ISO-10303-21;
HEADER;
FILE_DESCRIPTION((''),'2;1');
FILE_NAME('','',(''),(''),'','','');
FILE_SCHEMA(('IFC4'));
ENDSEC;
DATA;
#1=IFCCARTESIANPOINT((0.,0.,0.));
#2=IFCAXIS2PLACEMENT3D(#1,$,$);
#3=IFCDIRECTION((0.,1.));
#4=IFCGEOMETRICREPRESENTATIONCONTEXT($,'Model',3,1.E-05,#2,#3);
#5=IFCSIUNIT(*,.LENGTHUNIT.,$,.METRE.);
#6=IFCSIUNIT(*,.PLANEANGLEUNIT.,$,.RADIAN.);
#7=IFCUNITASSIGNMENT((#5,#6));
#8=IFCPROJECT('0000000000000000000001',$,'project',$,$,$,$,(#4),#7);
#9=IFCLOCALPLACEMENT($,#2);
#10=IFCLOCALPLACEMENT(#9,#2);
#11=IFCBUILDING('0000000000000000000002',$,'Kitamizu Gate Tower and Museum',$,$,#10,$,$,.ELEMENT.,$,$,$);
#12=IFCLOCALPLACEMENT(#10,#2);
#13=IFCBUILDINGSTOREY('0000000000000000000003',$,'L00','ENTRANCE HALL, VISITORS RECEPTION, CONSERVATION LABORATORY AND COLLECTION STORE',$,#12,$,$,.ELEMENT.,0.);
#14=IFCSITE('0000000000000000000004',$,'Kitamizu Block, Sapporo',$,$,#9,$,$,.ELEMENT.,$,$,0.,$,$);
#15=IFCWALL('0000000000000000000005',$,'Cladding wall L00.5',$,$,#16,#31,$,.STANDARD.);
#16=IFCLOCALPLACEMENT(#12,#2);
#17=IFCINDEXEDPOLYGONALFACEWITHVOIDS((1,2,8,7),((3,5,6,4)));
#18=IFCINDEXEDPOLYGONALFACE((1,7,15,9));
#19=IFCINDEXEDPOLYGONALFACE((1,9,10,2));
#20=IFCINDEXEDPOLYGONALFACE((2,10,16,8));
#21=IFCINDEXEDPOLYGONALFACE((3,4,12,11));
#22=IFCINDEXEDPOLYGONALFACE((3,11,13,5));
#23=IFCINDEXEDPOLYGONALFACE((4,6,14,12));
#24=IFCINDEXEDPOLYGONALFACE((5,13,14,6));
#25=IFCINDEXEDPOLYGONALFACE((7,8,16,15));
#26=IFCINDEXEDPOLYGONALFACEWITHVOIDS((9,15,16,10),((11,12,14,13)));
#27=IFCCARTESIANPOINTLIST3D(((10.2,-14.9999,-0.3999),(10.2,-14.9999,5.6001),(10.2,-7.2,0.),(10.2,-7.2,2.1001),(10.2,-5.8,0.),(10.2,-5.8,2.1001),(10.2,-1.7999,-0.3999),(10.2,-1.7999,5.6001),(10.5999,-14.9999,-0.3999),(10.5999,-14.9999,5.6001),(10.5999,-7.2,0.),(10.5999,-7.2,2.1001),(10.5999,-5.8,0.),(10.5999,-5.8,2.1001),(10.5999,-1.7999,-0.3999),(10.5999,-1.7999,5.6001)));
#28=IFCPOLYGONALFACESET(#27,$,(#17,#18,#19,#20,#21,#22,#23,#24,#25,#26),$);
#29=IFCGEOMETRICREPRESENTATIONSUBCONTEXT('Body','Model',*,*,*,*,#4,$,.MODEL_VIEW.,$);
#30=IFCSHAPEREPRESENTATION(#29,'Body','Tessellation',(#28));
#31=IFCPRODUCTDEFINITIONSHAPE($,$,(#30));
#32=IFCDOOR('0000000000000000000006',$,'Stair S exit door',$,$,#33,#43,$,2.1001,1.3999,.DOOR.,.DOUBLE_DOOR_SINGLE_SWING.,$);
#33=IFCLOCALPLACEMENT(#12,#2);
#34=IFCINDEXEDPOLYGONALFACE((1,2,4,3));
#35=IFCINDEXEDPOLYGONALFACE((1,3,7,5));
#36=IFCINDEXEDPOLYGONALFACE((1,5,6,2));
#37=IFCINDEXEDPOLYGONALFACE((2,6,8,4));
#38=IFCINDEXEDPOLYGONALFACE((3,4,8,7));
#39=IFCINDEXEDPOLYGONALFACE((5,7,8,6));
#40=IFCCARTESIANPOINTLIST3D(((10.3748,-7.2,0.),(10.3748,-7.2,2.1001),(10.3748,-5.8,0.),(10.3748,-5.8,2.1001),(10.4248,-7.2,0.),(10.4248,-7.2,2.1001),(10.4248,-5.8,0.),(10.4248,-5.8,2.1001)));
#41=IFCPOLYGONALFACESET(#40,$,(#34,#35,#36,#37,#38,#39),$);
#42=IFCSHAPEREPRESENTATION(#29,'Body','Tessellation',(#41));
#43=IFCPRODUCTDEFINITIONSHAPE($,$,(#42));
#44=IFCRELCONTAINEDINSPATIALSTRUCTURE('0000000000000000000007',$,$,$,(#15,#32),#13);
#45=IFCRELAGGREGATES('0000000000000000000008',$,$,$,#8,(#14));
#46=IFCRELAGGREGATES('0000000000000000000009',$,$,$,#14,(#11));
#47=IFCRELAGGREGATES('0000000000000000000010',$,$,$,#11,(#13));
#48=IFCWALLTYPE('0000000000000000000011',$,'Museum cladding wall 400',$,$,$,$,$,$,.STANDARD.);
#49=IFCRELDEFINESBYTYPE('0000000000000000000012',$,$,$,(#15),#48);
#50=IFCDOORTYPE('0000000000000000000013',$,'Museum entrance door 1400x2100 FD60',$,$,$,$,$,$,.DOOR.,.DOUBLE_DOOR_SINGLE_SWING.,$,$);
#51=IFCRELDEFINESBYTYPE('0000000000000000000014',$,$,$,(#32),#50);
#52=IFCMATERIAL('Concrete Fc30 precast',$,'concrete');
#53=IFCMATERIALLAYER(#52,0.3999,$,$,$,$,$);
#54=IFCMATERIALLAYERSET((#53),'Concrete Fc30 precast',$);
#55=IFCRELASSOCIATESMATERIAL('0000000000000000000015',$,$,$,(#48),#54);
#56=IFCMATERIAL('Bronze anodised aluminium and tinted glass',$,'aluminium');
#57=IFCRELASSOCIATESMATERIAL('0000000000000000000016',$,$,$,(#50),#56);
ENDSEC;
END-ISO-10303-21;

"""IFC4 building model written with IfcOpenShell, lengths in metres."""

from ifc_helpers import new_model, si_unit, direction, frame, frame_2d, origin, place, context, subcontext, project, spatial, rectangle, extrude, material, layer, layer_set, type_object, element, fill, save


model = new_model("IFC4")

# Units and contexts
model_context = context("Model", 3, precision=1e-05, world=origin(), true_north=direction((0.0, 1.0)))
body_context = subcontext(model_context, "Body", "Model", "MODEL_VIEW")
ifc_project = project(units=[si_unit("LENGTHUNIT", "METRE"), si_unit("PLANEANGLEUNIT", "RADIAN")], contexts=[model_context])

# Site, building, storey
site_placement = place(None, origin())
site = spatial("IfcSite", under=ifc_project, at=site_placement, Name="Kitamizu Block, Sapporo", CompositionType="ELEMENT", RefElevation=0.0)
building_placement = place(site_placement, origin())
building = spatial("IfcBuilding", under=site, at=building_placement, Name="Kitamizu Gate Tower and Museum", CompositionType="ELEMENT")
storey_placement = place(building_placement, origin())
storey = spatial("IfcBuildingStorey", under=building, at=storey_placement, Name="L00", Description="ENTRANCE HALL, VISITORS RECEPTION, CONSERVATION LABORATORY AND COLLECTION STORE", CompositionType="ELEMENT", Elevation=0.0)

# Wall, opening, door
ifc_material_1 = material(Name="Concrete Fc30 precast", Category="concrete")
ifc_layer_1 = layer(ifc_material_1, 0.3999)
ifc_layer_set_1 = layer_set([ifc_layer_1], Name="Concrete Fc30 precast")
wall_type = type_object("IfcWallType", Name="Museum cladding wall 400", PredefinedType="STANDARD", material=ifc_layer_set_1)
wall_placement = place(storey_placement, frame((10.3999, -15.0, -0.3999), z_axis=(0.0, 0.0, 1.0), x_axis=(0.0, 1.0, 0.0)))
wall = element("IfcWall", 1, at=wall_placement, inside=storey, type_object=wall_type, Name="Cladding wall L00.5", PredefinedType="STANDARD", context=body_context, shape_type="SweptSolid", body=[
    extrude(rectangle(XDim=13.2, YDim=0.3999, at=frame_2d((6.6001, 0.0))), origin(), (0.0, 0.0, 1.0), 6.0),
])
opening_placement = place(wall_placement, frame((7.8, 0.0, 0.3999)))
opening = element("IfcOpeningElement", 2, at=opening_placement, cuts=wall, PredefinedType="OPENING", context=body_context, shape_type="SweptSolid", body=[
    extrude(rectangle(XDim=1.3999, YDim=2.1001, at=frame_2d((0.7, 1.05))), frame((0.0, 0.21, 0.0), z_axis=(0.0, -1.0, 0.0), x_axis=(1.0, 0.0, 0.0)), (0.0, 0.0, 1.0), 0.4199),
])
ifc_material_2 = material(Name="Bronze anodised aluminium and tinted glass", Category="aluminium")
door_type = type_object("IfcDoorType", Name="Museum entrance door 1400x2100 FD60", OperationType="DOUBLE_DOOR_SINGLE_SWING", PredefinedType="DOOR", material=ifc_material_2)
door_placement = place(opening_placement, frame((1.3999, 0.0, 0.0), x_axis=(-1.0, 0.0, 0.0)))
door = element("IfcDoor", 3, at=door_placement, inside=storey, type_object=door_type, Name="Stair S exit door", OperationType="DOUBLE_DOOR_SINGLE_SWING", OverallHeight=2.1001, OverallWidth=1.3999, PredefinedType="DOOR", context=body_context, shape_type="SweptSolid", body=[
    extrude(rectangle(XDim=1.3999, YDim=2.1001, at=frame_2d((0.7, 1.05))), frame((0.0, 0.0249, 0.0), z_axis=(0.0, -1.0, 0.0), x_axis=(1.0, 0.0, 0.0)), (0.0, 0.0, 1.0), 0.05),
])
fill(opening, door)

save(model, "model.ifc")
